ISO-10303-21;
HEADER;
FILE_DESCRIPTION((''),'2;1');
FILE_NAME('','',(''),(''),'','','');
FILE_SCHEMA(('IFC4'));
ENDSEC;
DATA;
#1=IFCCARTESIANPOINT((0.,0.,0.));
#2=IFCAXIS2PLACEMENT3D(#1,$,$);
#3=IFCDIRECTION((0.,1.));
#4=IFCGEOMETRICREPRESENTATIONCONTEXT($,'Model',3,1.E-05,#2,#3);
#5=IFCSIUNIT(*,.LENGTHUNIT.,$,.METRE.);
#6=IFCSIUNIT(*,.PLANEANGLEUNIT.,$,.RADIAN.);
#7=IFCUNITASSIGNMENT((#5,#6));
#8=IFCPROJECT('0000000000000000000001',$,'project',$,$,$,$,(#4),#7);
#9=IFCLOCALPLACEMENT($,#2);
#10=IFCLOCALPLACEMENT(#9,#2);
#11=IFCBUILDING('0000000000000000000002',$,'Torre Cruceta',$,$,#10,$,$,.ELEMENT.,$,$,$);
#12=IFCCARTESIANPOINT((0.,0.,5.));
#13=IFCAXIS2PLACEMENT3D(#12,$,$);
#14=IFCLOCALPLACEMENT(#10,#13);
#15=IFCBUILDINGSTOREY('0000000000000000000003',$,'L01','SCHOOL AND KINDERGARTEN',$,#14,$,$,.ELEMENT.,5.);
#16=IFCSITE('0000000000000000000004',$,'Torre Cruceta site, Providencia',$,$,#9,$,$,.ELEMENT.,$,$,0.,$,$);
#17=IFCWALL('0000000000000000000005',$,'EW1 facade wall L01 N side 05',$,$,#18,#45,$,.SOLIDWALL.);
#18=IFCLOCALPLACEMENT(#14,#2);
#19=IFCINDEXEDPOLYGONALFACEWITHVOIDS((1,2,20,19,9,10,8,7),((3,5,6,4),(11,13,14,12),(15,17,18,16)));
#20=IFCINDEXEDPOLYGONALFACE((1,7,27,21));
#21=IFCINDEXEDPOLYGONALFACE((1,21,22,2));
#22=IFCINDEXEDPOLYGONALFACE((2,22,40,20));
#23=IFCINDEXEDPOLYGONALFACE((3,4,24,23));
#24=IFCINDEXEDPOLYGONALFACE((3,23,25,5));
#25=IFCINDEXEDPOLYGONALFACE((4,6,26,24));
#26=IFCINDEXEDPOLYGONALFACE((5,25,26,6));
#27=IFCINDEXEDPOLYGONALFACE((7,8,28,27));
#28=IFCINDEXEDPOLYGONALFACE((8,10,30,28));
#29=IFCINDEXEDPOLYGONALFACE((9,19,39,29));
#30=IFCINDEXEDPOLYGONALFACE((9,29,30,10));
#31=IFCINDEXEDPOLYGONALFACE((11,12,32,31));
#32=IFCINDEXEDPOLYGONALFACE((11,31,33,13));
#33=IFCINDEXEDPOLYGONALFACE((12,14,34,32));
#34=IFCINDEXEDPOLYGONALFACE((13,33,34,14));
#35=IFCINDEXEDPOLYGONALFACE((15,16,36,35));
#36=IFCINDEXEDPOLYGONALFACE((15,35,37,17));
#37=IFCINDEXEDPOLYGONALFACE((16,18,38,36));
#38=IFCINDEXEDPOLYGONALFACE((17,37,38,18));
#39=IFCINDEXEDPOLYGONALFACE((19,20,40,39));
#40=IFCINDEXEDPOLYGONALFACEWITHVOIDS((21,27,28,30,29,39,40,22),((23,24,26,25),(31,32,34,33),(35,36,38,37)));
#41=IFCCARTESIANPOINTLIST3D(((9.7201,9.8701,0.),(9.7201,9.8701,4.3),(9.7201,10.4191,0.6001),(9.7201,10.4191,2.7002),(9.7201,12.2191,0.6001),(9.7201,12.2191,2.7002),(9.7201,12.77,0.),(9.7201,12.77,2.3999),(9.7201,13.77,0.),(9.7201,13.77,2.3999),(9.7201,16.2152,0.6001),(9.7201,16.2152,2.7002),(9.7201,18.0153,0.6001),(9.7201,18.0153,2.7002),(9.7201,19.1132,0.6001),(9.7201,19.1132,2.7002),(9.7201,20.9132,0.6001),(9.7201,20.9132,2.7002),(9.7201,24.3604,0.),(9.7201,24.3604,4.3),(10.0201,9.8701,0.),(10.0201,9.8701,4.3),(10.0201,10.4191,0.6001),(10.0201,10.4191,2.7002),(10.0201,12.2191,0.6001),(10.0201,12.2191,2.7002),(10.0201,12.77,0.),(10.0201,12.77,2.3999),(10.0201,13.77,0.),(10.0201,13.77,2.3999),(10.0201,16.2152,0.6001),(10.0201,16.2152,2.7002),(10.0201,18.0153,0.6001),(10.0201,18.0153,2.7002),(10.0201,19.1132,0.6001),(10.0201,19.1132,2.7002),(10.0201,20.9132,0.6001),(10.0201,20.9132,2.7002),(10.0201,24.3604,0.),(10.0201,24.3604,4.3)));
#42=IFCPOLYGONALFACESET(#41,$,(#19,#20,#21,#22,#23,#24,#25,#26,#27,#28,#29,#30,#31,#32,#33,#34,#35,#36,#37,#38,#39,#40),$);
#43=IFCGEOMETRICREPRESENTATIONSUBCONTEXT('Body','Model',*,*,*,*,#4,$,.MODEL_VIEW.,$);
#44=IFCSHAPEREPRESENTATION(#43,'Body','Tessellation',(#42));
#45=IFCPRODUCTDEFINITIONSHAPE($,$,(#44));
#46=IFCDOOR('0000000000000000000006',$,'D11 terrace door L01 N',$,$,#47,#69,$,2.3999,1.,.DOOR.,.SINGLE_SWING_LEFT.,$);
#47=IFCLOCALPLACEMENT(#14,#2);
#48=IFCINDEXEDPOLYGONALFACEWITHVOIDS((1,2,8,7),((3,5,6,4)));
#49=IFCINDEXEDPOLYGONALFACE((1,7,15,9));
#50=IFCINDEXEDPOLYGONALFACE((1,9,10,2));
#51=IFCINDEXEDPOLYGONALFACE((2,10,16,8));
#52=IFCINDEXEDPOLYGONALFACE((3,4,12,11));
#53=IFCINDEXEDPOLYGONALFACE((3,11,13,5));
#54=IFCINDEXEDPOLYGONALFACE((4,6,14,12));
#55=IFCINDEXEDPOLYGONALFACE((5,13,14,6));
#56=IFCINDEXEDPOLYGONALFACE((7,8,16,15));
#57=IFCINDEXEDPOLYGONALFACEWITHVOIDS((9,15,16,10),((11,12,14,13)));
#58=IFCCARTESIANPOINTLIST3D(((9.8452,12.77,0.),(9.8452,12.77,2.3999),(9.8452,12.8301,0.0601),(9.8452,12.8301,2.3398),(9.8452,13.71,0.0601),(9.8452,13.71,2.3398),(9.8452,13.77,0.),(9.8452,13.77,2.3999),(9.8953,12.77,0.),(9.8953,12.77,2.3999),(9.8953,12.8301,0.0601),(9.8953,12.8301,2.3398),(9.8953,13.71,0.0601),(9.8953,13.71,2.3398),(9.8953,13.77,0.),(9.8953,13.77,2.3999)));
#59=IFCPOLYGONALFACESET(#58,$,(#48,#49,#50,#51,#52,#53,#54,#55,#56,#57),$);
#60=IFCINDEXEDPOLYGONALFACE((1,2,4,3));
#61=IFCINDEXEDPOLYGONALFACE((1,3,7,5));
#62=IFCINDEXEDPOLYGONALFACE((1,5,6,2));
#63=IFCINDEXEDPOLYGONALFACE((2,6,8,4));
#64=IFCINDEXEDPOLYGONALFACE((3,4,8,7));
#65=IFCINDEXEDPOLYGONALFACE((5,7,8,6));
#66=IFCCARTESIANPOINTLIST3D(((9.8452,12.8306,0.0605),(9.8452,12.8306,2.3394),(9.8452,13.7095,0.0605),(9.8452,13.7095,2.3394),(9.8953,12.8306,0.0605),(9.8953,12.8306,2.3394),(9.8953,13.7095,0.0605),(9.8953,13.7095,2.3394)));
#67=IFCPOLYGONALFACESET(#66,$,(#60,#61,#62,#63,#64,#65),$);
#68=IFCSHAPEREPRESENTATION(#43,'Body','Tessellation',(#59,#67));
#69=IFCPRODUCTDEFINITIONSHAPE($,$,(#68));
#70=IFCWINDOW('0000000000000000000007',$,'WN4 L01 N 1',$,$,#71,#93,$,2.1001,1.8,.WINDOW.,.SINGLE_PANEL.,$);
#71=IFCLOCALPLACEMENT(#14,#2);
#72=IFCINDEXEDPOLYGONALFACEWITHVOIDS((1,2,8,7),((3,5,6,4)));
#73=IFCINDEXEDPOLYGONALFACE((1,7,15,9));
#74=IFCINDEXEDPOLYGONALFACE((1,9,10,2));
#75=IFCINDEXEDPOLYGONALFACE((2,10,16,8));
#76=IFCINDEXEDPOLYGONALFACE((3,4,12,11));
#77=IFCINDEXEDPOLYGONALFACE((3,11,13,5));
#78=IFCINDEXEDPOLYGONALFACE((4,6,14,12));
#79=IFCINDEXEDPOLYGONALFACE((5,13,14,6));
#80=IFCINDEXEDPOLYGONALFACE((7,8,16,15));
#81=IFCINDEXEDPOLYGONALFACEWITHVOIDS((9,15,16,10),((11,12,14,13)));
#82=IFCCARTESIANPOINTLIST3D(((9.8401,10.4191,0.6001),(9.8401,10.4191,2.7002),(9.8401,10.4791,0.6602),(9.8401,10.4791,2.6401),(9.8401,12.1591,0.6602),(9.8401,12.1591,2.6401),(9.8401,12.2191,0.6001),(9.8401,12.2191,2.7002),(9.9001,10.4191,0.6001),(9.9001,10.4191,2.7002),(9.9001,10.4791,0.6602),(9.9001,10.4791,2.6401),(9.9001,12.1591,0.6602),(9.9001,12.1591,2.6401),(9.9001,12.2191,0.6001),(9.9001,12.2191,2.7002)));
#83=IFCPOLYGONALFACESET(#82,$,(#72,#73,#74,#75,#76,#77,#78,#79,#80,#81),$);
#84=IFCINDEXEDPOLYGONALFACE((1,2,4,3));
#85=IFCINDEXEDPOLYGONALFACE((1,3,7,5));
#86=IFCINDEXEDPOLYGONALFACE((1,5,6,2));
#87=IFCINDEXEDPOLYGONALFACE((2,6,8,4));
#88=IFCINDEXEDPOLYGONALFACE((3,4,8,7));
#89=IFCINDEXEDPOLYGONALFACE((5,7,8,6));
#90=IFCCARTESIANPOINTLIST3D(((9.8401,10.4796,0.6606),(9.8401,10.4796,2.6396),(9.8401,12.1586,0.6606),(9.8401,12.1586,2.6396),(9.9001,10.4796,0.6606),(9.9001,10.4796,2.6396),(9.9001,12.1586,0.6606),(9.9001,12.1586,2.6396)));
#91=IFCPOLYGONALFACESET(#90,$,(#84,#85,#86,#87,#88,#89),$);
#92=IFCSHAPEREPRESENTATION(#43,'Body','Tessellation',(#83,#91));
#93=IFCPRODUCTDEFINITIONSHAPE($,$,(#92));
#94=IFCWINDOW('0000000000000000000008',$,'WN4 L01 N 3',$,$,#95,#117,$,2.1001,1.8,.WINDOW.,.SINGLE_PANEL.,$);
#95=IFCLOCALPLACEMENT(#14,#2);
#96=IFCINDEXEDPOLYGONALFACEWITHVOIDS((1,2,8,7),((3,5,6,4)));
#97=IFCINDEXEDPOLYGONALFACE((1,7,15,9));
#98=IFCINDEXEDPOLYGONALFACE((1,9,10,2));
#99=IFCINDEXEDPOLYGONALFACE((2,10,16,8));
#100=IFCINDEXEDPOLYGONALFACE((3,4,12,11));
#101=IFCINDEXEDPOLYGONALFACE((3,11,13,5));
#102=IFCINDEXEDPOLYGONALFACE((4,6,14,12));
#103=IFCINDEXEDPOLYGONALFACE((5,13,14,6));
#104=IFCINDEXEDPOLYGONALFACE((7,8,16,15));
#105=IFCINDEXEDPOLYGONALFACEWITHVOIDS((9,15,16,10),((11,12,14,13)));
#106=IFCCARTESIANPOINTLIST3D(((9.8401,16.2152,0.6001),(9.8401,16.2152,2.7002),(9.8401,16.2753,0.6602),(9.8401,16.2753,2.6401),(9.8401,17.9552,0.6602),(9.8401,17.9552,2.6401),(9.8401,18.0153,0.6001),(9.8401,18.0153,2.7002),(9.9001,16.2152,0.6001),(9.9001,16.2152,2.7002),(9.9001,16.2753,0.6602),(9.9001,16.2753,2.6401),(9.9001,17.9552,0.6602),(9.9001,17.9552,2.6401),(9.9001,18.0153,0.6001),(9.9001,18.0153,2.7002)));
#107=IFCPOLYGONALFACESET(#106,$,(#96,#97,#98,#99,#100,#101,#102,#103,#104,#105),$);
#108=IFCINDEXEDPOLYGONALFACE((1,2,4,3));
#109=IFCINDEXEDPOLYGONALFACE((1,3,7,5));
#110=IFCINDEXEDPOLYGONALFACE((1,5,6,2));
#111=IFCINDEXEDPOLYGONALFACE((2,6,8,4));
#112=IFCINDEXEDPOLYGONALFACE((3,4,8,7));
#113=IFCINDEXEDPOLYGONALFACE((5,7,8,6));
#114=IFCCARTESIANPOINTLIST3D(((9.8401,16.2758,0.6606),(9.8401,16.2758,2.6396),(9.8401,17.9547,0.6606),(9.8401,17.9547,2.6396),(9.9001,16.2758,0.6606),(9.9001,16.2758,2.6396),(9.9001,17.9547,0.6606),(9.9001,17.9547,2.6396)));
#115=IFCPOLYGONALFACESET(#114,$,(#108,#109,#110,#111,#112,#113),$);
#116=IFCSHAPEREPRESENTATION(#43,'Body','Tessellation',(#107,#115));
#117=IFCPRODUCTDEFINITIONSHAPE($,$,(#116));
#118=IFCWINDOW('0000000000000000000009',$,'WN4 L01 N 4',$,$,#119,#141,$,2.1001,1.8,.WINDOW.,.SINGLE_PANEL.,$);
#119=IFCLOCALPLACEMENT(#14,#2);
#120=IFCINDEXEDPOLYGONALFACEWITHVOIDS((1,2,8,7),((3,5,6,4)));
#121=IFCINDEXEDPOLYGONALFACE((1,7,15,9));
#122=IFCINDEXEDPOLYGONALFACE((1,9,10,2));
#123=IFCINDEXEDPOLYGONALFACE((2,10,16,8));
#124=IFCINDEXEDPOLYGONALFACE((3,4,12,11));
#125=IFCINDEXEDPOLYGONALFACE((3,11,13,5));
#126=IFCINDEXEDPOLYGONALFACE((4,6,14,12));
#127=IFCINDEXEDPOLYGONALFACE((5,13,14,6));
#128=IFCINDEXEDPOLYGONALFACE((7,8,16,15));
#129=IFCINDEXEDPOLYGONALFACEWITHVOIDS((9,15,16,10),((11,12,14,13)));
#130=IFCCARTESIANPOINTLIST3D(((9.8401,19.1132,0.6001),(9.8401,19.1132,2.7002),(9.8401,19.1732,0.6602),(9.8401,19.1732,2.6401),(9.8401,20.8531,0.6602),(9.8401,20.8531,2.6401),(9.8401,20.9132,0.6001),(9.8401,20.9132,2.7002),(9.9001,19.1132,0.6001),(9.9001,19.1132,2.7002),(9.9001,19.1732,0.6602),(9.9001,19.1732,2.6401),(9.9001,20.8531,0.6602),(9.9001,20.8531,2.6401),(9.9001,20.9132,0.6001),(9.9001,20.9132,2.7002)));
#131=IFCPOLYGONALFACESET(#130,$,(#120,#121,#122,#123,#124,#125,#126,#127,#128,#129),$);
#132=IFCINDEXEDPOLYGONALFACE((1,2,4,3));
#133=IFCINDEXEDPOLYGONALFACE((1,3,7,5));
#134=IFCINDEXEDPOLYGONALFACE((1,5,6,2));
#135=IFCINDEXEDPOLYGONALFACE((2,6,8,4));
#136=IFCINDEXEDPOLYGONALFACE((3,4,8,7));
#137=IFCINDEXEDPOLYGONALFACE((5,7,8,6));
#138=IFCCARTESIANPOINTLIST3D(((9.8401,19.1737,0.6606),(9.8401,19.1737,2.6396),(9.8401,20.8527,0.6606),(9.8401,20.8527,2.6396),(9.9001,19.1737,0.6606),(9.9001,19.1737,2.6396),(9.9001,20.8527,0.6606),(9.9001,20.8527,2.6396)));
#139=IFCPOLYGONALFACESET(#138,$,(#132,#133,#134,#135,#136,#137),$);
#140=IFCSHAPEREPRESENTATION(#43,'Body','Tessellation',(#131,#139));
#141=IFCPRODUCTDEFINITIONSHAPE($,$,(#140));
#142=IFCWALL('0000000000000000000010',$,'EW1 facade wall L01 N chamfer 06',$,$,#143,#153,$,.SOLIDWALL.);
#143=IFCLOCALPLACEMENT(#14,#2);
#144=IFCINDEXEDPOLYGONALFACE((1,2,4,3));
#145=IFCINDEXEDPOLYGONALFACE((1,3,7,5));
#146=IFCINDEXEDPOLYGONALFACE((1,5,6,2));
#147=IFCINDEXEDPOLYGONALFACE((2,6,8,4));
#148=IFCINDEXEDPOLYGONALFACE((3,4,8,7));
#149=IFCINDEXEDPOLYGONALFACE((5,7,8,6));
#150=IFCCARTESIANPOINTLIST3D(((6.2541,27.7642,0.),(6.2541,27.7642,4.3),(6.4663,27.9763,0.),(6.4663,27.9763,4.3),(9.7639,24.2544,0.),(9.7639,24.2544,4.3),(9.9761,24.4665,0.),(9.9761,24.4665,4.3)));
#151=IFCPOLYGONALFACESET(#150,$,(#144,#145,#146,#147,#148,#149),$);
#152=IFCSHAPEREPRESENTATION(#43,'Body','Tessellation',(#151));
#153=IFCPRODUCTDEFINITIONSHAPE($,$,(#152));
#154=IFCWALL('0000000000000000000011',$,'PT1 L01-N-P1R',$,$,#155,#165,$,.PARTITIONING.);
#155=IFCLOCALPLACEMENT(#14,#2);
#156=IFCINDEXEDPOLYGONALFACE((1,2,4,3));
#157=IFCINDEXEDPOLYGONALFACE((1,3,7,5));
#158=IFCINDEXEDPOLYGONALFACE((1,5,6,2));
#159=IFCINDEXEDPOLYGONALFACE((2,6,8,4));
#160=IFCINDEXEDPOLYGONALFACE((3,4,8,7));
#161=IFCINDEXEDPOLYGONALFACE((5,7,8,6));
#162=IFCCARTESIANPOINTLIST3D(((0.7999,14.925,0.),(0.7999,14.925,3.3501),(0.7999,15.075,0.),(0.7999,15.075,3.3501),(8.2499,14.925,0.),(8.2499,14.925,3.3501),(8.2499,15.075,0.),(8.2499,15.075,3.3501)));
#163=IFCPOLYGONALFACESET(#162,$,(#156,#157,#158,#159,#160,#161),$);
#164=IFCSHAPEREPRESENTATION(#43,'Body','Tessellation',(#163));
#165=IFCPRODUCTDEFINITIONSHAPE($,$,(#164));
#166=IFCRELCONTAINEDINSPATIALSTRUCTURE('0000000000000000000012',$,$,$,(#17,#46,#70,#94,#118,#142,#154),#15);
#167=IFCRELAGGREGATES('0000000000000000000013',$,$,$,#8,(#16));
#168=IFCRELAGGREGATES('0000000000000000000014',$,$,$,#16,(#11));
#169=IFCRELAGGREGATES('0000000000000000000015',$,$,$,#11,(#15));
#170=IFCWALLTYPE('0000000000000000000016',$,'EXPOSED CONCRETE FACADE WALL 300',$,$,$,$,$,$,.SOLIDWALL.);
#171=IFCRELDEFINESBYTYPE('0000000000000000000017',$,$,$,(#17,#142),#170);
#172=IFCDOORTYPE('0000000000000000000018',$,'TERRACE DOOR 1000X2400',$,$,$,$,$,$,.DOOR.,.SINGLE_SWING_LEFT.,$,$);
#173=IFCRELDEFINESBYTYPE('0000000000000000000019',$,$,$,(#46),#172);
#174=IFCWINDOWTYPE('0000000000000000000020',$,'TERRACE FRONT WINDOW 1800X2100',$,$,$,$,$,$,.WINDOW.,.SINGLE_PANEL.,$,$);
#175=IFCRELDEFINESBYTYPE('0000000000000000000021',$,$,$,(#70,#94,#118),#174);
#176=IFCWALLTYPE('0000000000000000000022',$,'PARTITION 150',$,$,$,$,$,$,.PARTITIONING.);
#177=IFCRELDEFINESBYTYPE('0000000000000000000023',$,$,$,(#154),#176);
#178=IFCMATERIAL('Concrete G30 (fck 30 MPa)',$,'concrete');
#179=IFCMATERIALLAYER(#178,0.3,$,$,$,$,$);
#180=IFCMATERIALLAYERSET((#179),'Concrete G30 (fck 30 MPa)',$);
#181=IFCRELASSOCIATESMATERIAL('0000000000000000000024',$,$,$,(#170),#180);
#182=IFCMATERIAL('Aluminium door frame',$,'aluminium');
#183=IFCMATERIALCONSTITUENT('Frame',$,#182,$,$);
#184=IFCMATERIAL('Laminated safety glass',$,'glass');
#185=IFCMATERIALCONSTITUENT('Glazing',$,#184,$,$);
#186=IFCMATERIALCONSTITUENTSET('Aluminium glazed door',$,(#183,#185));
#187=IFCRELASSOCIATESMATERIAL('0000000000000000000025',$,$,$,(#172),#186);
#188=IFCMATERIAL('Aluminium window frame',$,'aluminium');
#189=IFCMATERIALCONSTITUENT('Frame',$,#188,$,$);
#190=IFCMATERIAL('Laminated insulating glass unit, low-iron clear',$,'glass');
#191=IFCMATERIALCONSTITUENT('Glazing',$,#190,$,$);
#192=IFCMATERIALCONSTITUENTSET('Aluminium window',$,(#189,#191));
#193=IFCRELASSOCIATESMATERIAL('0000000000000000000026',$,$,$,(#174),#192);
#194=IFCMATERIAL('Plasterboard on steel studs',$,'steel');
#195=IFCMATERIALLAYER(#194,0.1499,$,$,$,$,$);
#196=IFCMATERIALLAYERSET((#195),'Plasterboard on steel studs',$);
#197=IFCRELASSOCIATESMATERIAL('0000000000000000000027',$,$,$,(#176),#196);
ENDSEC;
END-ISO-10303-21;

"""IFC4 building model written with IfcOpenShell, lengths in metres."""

from ifc_helpers import new_model, si_unit, direction, frame, frame_2d, origin, place, context, subcontext, project, spatial, rectangle, hollow_rectangle, extrude, material, layer, layer_set, constituent, constituent_set, type_object, element, fill, save


model = new_model("IFC4")

# Units and contexts
model_context = context("Model", 3, precision=1e-05, world=origin(), true_north=direction((0.0, 1.0)))
body_context = subcontext(model_context, "Body", "Model", "MODEL_VIEW")
ifc_project = project(units=[si_unit("LENGTHUNIT", "METRE"), si_unit("PLANEANGLEUNIT", "RADIAN")], contexts=[model_context])

# Site, building, storey
site_placement = place(None, origin())
site = spatial("IfcSite", under=ifc_project, at=site_placement, Name="Torre Cruceta site, Providencia", CompositionType="ELEMENT", RefElevation=0.0)
building_placement = place(site_placement, origin())
building = spatial("IfcBuilding", under=site, at=building_placement, Name="Torre Cruceta", CompositionType="ELEMENT")
storey_placement = place(building_placement, frame((0.0, 0.0, 5.0)))
storey = spatial("IfcBuildingStorey", under=building, at=storey_placement, Name="L01", Description="SCHOOL AND KINDERGARTEN", CompositionType="ELEMENT", Elevation=5.0)

# Wall, openings, door, windows
ifc_material_1 = material(Name="Concrete G30 (fck 30 MPa)", Category="concrete")
ifc_layer_1 = layer(ifc_material_1, 0.3)
ifc_layer_set_1 = layer_set([ifc_layer_1], Name="Concrete G30 (fck 30 MPa)")
wall_type_1 = type_object("IfcWallType", Name="EXPOSED CONCRETE FACADE WALL 300", PredefinedType="SOLIDWALL", material=ifc_layer_set_1)
ifc_material_2 = material(Name="Aluminium door frame", Category="aluminium")
ifc_constituent_1 = constituent(ifc_material_2, Name="Frame")
ifc_material_3 = material(Name="Laminated safety glass", Category="glass")
ifc_constituent_2 = constituent(ifc_material_3, Name="Glazing")
ifc_constituent_set_1 = constituent_set(constituents=[ifc_constituent_1, ifc_constituent_2], Name="Aluminium glazed door")
door_type = type_object("IfcDoorType", Name="TERRACE DOOR 1000X2400", OperationType="SINGLE_SWING_LEFT", PredefinedType="DOOR", material=ifc_constituent_set_1)
ifc_material_4 = material(Name="Aluminium window frame", Category="aluminium")
ifc_constituent_3 = constituent(ifc_material_4, Name="Frame")
ifc_material_5 = material(Name="Laminated insulating glass unit, low-iron clear", Category="glass")
ifc_constituent_4 = constituent(ifc_material_5, Name="Glazing")
ifc_constituent_set_2 = constituent_set(constituents=[ifc_constituent_3, ifc_constituent_4], Name="Aluminium window")
window_type = type_object("IfcWindowType", Name="TERRACE FRONT WINDOW 1800X2100", PartitioningType="SINGLE_PANEL", PredefinedType="WINDOW", material=ifc_constituent_set_2)
wall_1_placement = place(storey_placement, frame((9.8701, 9.8701, 0.0), z_axis=(0.0, 0.0, 1.0), x_axis=(0.0, 1.0, 0.0)))
wall_1 = element("IfcWall", 1, at=wall_1_placement, inside=storey, type_object=wall_type_1, Name="EW1 facade wall L01 N side 05", PredefinedType="SOLIDWALL", context=body_context, shape_type="SweptSolid", body=[
    extrude(rectangle(XDim=14.4902, YDim=0.3, at=frame_2d((7.2451, 0.0))), origin(), (0.0, 0.0, 1.0), 4.3),
])
opening_1_placement = place(wall_1_placement, frame((2.8999, 0.0, 0.0)))
opening_1 = element("IfcOpeningElement", 2, at=opening_1_placement, cuts=wall_1, PredefinedType="OPENING", context=body_context, shape_type="SweptSolid", body=[
    extrude(rectangle(XDim=1.0, YDim=2.3999, at=frame_2d((0.5, 1.2))), frame((0.0, 0.1599, 0.0), z_axis=(0.0, -1.0, 0.0), x_axis=(1.0, 0.0, 0.0)), (0.0, 0.0, 1.0), 0.3201),
])
opening_2_placement = place(wall_1_placement, frame((0.5491, 0.0, 0.6001)))
opening_2 = element("IfcOpeningElement", 3, at=opening_2_placement, cuts=wall_1, PredefinedType="OPENING", context=body_context, shape_type="SweptSolid", body=[
    extrude(rectangle(XDim=1.8, YDim=2.1001, at=frame_2d((0.8999, 1.05))), frame((0.0, 0.1599, 0.0), z_axis=(0.0, -1.0, 0.0), x_axis=(1.0, 0.0, 0.0)), (0.0, 0.0, 1.0), 0.3201),
])
opening_3_placement = place(wall_1_placement, frame((6.3452, 0.0, 0.6001)))
opening_3 = element("IfcOpeningElement", 4, at=opening_3_placement, cuts=wall_1, PredefinedType="OPENING", context=body_context, shape_type="SweptSolid", body=[
    extrude(rectangle(XDim=1.8, YDim=2.1001, at=frame_2d((0.8999, 1.05))), frame((0.0, 0.1599, 0.0), z_axis=(0.0, -1.0, 0.0), x_axis=(1.0, 0.0, 0.0)), (0.0, 0.0, 1.0), 0.3201),
])
opening_4_placement = place(wall_1_placement, frame((9.2432, 0.0, 0.6001)))
opening_4 = element("IfcOpeningElement", 5, at=opening_4_placement, cuts=wall_1, PredefinedType="OPENING", context=body_context, shape_type="SweptSolid", body=[
    extrude(rectangle(XDim=1.8, YDim=2.1001, at=frame_2d((0.8999, 1.05))), frame((0.0, 0.1599, 0.0), z_axis=(0.0, -1.0, 0.0), x_axis=(1.0, 0.0, 0.0)), (0.0, 0.0, 1.0), 0.3201),
])
door_1_placement = place(opening_1_placement, origin())
door_1 = element("IfcDoor", 6, at=door_1_placement, inside=storey, type_object=door_type, Name="D11 terrace door L01 N", OperationType="SINGLE_SWING_LEFT", OverallHeight=2.3999, OverallWidth=1.0, PredefinedType="DOOR", context=body_context, shape_type="SweptSolid", body=[
    extrude(hollow_rectangle(XDim=1.0, YDim=2.3999, WallThickness=0.0601, at=frame_2d((0.5, 1.2))), frame((0.0, 0.0249, 0.0), z_axis=(0.0, -1.0, 0.0), x_axis=(1.0, 0.0, 0.0)), (0.0, 0.0, 1.0), 0.05),
    extrude(rectangle(XDim=0.8789, YDim=2.2788, at=frame_2d((0.5, 1.2))), frame((0.0, 0.0249, 0.0), z_axis=(0.0, -1.0, 0.0), x_axis=(1.0, 0.0, 0.0)), (0.0, 0.0, 1.0), 0.05),
])
fill(opening_1, door_1)
window_1_placement = place(opening_2_placement, origin())
window_1 = element("IfcWindow", 7, at=window_1_placement, inside=storey, type_object=window_type, Name="WN4 L01 N 1", OverallHeight=2.1001, OverallWidth=1.8, PartitioningType="SINGLE_PANEL", PredefinedType="WINDOW", context=body_context, shape_type="SweptSolid", body=[
    extrude(hollow_rectangle(XDim=1.8, YDim=2.1001, WallThickness=0.0601, at=frame_2d((0.8999, 1.05))), frame((0.0, 0.03, 0.0), z_axis=(0.0, -1.0, 0.0), x_axis=(1.0, 0.0, 0.0)), (0.0, 0.0, 1.0), 0.0601),
    extrude(rectangle(XDim=1.679, YDim=1.979, at=frame_2d((0.8999, 1.05))), frame((0.0, 0.03, 0.0), z_axis=(0.0, -1.0, 0.0), x_axis=(1.0, 0.0, 0.0)), (0.0, 0.0, 1.0), 0.0601),
])
fill(opening_2, window_1)
window_2_placement = place(opening_3_placement, origin())
window_2 = element("IfcWindow", 8, at=window_2_placement, inside=storey, type_object=window_type, Name="WN4 L01 N 3", OverallHeight=2.1001, OverallWidth=1.8, PartitioningType="SINGLE_PANEL", PredefinedType="WINDOW", context=body_context, shape_type="SweptSolid", body=[
    extrude(hollow_rectangle(XDim=1.8, YDim=2.1001, WallThickness=0.0601, at=frame_2d((0.8999, 1.05))), frame((0.0, 0.03, 0.0), z_axis=(0.0, -1.0, 0.0), x_axis=(1.0, 0.0, 0.0)), (0.0, 0.0, 1.0), 0.0601),
    extrude(rectangle(XDim=1.679, YDim=1.979, at=frame_2d((0.8999, 1.05))), frame((0.0, 0.03, 0.0), z_axis=(0.0, -1.0, 0.0), x_axis=(1.0, 0.0, 0.0)), (0.0, 0.0, 1.0), 0.0601),
])
fill(opening_3, window_2)
window_3_placement = place(opening_4_placement, origin())
window_3 = element("IfcWindow", 9, at=window_3_placement, inside=storey, type_object=window_type, Name="WN4 L01 N 4", OverallHeight=2.1001, OverallWidth=1.8, PartitioningType="SINGLE_PANEL", PredefinedType="WINDOW", context=body_context, shape_type="SweptSolid", body=[
    extrude(hollow_rectangle(XDim=1.8, YDim=2.1001, WallThickness=0.0601, at=frame_2d((0.8999, 1.05))), frame((0.0, 0.03, 0.0), z_axis=(0.0, -1.0, 0.0), x_axis=(1.0, 0.0, 0.0)), (0.0, 0.0, 1.0), 0.0601),
    extrude(rectangle(XDim=1.679, YDim=1.979, at=frame_2d((0.8999, 1.05))), frame((0.0, 0.03, 0.0), z_axis=(0.0, -1.0, 0.0), x_axis=(1.0, 0.0, 0.0)), (0.0, 0.0, 1.0), 0.0601),
])
fill(opening_4, window_3)

# Walls
wall_2_placement = place(storey_placement, frame((9.8701, 24.3604, 0.0), z_axis=(0.0, 0.0, 1.0), x_axis=(-0.707107, 0.707107, 0.0)))
element("IfcWall", 10, at=wall_2_placement, inside=storey, type_object=wall_type_1, Name="EW1 facade wall L01 N chamfer 06", PredefinedType="SOLIDWALL", context=body_context, shape_type="SweptSolid", body=[
    extrude(rectangle(XDim=4.9636, YDim=0.3, at=frame_2d((2.4819, 0.0))), origin(), (0.0, 0.0, 1.0), 4.3),
])
ifc_material_6 = material(Name="Plasterboard on steel studs", Category="steel")
ifc_layer_2 = layer(ifc_material_6, 0.1499)
ifc_layer_set_2 = layer_set([ifc_layer_2], Name="Plasterboard on steel studs")
wall_type_2 = type_object("IfcWallType", Name="PARTITION 150", PredefinedType="PARTITIONING", material=ifc_layer_set_2)
wall_3_placement = place(storey_placement, frame((8.25, 15.0, 0.0), z_axis=(0.0, 0.0, 1.0), x_axis=(-1.0, 0.0, 0.0)))
element("IfcWall", 11, at=wall_3_placement, inside=storey, type_object=wall_type_2, Name="PT1 L01-N-P1R", PredefinedType="PARTITIONING", context=body_context, shape_type="SweptSolid", body=[
    extrude(rectangle(XDim=7.45, YDim=0.1499, at=frame_2d((3.7251, 0.0))), origin(), (0.0, 0.0, 1.0), 3.3501),
])

save(model, "model.ifc")
